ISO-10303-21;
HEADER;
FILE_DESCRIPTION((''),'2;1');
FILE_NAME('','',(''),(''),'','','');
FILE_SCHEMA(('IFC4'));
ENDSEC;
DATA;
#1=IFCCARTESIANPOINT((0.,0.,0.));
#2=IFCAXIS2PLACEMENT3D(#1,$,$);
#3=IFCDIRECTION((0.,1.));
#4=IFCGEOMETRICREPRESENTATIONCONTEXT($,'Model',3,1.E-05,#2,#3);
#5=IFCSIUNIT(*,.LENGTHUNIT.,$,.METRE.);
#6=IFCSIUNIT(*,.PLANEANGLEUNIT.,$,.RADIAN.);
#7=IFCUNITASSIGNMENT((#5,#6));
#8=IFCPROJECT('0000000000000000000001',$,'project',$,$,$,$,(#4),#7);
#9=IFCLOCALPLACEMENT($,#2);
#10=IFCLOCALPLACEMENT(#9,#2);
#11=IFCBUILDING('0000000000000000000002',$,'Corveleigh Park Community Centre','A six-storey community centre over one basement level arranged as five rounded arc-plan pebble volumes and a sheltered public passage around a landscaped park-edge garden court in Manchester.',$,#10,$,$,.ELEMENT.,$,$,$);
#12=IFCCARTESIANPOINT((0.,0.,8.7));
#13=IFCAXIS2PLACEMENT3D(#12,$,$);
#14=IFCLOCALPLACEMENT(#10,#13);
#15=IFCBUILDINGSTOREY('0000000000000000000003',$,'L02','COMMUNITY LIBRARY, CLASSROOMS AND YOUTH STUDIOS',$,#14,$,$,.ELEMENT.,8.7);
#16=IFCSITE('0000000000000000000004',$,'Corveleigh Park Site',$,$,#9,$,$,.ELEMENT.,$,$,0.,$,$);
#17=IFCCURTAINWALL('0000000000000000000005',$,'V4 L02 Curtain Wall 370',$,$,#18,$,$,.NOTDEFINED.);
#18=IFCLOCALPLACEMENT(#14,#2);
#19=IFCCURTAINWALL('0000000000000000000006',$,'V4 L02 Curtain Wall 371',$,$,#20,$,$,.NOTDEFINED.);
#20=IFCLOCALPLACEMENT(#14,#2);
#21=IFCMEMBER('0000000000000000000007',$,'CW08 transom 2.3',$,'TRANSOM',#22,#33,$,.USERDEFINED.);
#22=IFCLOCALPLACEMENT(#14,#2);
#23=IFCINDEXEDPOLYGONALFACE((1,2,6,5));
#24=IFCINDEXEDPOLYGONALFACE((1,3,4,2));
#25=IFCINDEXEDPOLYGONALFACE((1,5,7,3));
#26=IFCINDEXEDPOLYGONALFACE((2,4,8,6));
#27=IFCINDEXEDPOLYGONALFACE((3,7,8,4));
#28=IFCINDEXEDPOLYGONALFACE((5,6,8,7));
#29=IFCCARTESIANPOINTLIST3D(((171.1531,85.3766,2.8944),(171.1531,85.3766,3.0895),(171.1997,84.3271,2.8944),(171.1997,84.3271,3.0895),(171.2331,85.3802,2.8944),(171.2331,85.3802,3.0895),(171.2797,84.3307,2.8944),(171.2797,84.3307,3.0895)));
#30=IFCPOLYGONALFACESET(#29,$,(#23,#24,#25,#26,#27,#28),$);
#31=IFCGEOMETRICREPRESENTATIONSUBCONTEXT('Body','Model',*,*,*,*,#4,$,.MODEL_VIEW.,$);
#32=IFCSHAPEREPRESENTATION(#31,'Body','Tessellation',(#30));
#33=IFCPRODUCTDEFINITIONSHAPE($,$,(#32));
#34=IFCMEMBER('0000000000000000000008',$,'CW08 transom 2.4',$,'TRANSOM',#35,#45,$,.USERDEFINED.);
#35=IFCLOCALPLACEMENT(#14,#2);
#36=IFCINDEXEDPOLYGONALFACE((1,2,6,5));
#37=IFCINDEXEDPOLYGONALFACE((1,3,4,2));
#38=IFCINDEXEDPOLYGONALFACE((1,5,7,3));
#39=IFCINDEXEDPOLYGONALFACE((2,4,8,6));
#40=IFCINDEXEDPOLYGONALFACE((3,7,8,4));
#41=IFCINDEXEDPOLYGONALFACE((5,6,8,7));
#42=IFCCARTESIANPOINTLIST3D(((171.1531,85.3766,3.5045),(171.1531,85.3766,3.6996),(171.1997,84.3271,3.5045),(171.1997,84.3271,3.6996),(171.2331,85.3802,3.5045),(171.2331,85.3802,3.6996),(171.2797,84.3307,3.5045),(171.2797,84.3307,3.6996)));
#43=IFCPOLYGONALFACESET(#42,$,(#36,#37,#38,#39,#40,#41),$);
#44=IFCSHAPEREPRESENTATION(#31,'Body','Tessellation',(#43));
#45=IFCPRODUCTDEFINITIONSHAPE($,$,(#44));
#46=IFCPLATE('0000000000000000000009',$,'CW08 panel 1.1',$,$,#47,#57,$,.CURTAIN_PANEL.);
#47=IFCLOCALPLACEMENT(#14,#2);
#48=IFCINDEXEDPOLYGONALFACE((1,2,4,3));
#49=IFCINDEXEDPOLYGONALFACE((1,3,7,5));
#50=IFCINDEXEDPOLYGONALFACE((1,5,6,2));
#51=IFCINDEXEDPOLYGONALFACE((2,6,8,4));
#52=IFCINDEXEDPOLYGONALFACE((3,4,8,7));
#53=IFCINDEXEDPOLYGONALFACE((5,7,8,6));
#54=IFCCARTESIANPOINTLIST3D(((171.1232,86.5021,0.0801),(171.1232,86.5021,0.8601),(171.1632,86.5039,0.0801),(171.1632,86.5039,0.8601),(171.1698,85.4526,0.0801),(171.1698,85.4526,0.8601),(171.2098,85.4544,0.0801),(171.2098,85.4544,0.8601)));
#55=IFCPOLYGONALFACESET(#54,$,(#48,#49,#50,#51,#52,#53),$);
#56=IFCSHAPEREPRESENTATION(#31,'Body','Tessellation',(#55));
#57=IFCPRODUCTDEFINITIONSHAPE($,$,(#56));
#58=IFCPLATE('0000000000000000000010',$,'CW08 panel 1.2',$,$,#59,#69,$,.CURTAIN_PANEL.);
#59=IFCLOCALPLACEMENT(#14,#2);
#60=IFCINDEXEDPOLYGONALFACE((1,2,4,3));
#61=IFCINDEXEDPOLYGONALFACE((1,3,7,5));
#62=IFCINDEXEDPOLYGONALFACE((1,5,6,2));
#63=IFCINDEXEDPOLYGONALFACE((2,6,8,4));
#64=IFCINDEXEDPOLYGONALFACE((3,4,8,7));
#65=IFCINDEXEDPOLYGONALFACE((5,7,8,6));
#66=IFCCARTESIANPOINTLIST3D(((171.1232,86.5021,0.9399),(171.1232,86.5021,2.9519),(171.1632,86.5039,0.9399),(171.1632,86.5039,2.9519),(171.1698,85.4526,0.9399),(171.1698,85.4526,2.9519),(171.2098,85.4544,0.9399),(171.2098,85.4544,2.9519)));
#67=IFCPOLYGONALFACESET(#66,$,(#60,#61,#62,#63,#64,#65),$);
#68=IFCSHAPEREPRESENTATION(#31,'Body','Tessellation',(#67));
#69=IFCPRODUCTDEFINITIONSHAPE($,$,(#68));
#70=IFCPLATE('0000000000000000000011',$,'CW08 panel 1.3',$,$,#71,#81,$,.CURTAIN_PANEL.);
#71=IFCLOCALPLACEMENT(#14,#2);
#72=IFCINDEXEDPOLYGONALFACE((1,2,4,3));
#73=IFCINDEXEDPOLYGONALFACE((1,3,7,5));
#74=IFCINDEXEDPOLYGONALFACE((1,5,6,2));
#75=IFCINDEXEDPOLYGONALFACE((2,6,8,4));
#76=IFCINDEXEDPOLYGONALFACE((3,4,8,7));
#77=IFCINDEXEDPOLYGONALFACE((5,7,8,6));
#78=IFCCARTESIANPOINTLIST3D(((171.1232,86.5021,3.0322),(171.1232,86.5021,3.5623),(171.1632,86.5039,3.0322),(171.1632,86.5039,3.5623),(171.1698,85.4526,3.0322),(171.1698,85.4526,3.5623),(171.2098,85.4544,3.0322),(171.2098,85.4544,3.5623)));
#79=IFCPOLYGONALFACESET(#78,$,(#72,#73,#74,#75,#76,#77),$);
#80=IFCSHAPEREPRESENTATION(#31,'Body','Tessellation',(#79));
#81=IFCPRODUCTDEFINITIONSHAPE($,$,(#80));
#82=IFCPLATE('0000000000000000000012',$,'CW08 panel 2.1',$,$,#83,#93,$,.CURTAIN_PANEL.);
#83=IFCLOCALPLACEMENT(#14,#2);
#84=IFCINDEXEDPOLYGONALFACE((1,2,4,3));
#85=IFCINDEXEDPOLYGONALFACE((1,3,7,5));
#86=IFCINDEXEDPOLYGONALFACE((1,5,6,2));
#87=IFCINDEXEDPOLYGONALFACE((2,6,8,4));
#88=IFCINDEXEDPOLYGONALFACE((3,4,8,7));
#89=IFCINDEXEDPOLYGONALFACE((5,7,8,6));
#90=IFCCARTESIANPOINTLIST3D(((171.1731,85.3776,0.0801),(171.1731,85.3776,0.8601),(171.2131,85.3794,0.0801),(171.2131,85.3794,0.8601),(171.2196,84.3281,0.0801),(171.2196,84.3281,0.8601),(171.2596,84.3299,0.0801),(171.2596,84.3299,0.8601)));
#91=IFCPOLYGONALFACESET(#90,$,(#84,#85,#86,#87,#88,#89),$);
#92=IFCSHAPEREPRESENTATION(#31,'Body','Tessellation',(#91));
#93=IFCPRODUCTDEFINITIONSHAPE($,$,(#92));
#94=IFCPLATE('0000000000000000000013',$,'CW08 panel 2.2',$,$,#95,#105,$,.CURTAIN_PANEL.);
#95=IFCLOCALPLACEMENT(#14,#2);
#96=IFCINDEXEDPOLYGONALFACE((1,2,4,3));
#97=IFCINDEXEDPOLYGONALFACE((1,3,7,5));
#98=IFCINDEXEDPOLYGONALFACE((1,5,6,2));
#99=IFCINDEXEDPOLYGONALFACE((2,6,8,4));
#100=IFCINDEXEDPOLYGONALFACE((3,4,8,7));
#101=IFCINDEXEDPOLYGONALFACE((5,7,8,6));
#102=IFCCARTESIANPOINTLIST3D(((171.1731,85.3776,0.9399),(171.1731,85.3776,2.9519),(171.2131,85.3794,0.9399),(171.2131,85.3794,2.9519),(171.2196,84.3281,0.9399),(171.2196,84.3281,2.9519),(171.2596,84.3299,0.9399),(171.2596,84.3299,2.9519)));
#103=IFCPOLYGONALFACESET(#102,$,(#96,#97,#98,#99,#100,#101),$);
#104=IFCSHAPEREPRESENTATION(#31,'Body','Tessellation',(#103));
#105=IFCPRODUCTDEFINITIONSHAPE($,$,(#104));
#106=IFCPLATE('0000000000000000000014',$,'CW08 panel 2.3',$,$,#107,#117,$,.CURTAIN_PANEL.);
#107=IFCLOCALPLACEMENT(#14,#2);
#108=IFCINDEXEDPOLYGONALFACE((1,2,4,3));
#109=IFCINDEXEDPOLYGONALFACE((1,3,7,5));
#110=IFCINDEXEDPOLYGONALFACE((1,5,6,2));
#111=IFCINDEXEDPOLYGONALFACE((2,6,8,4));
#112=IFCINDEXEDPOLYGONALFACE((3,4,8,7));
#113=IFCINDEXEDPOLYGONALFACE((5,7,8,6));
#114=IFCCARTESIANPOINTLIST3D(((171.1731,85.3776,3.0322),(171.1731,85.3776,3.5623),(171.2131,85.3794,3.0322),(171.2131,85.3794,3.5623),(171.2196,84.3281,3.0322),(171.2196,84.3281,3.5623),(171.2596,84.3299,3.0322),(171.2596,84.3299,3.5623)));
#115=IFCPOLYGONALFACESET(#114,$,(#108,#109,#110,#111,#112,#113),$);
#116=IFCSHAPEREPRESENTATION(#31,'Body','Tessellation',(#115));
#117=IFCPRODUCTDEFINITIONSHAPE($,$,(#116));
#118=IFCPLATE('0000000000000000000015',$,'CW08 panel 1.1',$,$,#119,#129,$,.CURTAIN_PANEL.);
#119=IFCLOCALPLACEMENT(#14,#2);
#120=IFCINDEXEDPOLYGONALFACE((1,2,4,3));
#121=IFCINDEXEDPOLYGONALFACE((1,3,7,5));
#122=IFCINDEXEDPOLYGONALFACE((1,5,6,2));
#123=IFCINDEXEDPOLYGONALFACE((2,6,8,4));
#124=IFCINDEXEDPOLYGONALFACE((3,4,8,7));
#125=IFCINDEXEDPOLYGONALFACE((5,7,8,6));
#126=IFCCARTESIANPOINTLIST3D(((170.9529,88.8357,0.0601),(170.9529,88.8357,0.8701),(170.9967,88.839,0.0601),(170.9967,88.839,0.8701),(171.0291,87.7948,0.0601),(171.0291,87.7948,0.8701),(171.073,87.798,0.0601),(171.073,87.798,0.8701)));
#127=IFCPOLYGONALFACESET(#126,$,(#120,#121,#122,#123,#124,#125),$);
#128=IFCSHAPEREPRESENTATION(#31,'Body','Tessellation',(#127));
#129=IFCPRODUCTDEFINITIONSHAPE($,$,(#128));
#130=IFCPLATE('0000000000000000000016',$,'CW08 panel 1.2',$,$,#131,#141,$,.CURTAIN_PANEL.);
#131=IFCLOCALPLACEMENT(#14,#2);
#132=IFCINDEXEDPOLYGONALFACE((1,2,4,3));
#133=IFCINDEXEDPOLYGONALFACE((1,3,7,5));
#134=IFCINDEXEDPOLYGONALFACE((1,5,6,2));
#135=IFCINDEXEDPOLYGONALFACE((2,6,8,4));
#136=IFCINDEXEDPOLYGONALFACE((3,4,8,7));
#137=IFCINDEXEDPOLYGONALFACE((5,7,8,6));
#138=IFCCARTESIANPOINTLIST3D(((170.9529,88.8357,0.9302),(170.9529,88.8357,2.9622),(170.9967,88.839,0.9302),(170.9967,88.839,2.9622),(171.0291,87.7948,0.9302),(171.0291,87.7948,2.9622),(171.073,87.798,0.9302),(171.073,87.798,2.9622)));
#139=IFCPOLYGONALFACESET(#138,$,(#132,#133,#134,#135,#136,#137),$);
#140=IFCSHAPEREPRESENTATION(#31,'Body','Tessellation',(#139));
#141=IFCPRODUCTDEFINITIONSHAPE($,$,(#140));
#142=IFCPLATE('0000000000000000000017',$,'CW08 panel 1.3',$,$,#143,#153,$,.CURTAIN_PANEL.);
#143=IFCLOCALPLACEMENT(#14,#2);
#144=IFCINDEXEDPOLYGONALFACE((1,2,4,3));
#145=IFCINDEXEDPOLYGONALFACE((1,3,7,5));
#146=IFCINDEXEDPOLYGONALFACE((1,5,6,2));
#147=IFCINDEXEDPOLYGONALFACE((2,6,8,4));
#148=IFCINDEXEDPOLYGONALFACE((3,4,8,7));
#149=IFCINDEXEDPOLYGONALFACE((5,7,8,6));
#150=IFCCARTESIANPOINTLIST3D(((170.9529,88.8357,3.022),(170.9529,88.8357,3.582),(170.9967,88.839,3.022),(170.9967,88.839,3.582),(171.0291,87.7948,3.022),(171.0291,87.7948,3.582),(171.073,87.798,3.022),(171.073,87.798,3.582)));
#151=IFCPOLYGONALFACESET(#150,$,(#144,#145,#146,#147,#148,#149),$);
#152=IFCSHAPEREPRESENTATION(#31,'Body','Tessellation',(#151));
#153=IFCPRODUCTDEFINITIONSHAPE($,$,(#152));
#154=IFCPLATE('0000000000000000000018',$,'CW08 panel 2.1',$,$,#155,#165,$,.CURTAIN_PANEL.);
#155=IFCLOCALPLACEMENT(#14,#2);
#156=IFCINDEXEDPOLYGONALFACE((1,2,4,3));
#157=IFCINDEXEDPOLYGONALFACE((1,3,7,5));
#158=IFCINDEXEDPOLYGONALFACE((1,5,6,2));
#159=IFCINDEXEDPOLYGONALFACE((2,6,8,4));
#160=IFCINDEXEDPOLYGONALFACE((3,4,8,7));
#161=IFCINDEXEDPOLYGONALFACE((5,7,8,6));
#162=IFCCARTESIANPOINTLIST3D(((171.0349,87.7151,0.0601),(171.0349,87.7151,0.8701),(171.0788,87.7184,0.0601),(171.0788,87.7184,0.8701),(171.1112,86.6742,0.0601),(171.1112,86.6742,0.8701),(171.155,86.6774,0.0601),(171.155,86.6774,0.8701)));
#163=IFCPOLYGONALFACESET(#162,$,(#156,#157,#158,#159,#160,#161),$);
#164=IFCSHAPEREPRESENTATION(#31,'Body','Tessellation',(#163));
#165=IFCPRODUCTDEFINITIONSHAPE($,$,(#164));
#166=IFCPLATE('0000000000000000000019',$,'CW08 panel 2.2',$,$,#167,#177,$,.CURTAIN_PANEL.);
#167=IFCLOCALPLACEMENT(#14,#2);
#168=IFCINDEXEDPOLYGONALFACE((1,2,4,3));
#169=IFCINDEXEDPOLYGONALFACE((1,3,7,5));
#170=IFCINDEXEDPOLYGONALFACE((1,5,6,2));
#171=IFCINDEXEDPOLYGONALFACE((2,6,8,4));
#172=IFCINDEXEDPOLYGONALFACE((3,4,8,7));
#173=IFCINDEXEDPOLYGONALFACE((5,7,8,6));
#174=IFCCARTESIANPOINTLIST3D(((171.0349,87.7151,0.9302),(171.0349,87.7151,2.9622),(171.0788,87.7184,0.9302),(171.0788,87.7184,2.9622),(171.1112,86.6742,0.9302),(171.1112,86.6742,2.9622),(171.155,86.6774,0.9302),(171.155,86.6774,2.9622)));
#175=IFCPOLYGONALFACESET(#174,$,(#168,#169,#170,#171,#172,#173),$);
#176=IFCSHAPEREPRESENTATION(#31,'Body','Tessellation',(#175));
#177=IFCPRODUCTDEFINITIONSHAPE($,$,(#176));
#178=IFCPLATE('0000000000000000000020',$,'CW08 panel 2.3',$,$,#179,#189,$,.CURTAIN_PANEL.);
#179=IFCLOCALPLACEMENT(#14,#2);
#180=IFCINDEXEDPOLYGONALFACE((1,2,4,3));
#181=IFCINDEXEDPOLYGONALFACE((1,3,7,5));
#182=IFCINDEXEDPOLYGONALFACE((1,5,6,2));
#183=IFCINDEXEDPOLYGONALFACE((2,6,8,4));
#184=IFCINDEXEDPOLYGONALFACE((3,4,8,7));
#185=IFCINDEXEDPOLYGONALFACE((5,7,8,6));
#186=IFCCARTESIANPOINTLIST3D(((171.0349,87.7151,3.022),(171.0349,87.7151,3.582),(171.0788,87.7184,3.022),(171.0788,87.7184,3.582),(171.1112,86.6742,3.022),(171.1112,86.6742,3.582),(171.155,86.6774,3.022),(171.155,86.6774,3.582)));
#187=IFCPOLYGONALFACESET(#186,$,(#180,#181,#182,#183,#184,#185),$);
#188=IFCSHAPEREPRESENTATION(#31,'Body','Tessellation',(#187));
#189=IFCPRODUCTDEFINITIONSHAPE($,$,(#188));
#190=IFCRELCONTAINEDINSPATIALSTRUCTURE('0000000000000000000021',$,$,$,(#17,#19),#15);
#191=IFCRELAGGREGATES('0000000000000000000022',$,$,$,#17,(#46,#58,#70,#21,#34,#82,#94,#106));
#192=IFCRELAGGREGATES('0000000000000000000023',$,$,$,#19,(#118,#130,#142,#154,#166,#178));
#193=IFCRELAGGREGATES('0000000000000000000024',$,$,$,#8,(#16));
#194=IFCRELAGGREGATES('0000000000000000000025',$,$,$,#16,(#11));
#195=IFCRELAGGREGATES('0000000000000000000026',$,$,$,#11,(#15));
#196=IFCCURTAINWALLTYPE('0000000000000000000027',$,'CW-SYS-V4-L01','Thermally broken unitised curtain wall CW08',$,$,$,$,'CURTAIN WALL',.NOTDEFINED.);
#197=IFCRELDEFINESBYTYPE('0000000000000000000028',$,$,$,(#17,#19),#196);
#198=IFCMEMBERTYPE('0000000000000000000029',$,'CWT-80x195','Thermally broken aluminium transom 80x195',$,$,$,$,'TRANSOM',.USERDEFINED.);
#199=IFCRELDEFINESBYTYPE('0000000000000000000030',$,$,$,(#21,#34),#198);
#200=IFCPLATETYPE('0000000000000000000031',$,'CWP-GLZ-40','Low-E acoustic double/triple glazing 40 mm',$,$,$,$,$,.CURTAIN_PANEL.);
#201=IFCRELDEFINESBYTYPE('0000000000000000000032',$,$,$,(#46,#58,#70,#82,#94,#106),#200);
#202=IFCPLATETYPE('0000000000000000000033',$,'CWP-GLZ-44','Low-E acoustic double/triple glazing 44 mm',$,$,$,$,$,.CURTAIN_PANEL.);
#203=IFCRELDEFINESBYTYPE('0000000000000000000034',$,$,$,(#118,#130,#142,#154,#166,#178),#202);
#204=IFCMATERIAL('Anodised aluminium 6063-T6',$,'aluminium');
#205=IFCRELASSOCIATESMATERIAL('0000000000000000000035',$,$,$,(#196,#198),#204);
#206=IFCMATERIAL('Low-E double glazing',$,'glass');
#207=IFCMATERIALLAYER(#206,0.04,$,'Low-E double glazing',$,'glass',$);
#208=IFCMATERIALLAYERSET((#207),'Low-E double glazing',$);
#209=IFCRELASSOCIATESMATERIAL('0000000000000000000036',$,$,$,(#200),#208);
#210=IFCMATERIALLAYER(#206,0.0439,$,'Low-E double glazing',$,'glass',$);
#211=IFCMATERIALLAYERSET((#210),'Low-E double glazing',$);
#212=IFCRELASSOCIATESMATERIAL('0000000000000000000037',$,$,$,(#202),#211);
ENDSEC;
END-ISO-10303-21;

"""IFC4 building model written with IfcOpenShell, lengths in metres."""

from ifc_helpers import new_model, si_unit, direction, frame, origin, origin_2d, place, context, subcontext, project, spatial, rectangle, extrude, material, layer, layer_set, material_profile, profile_set, type_object, element, aggregate, save


model = new_model("IFC4")

# Units and contexts
model_context = context("Model", 3, precision=1e-05, world=origin(), true_north=direction((0.0, 1.0)))
body_context = subcontext(model_context, "Body", "Model", "MODEL_VIEW")
ifc_project = project(units=[si_unit("LENGTHUNIT", "METRE"), si_unit("PLANEANGLEUNIT", "RADIAN")], contexts=[model_context])

# Site, building, storey
site_placement = place(None, origin())
site = spatial("IfcSite", under=ifc_project, at=site_placement, Name="Corveleigh Park Site", CompositionType="ELEMENT", RefElevation=0.0)
building_placement = place(site_placement, origin())
building = spatial("IfcBuilding", under=site, at=building_placement, Name="Corveleigh Park Community Centre", Description="A six-storey community centre over one basement level arranged as five rounded arc-plan pebble volumes and a sheltered public passage around a landscaped park-edge garden court in Manchester.", CompositionType="ELEMENT")
storey_placement = place(building_placement, frame((0.0, 0.0, 8.7)))
storey = spatial("IfcBuildingStorey", under=building, at=storey_placement, Name="L02", Description="COMMUNITY LIBRARY, CLASSROOMS AND YOUTH STUDIOS", CompositionType="ELEMENT", Elevation=8.7)

# Curtain walls
ifc_material_1 = material(Name="Anodised aluminium 6063-T6", Category="aluminium")
curtain_wall_type = type_object("IfcCurtainWallType", Name="CW-SYS-V4-L01", Description="Thermally broken unitised curtain wall CW08", ElementType="CURTAIN WALL", PredefinedType="NOTDEFINED", material=ifc_material_1)
curtain_wall_1_placement = place(storey_placement, origin())
curtain_wall_1 = element("IfcCurtainWall", 1, at=curtain_wall_1_placement, inside=storey, type_object=curtain_wall_type, Name="V4 L02 Curtain Wall 370", PredefinedType="NOTDEFINED")
curtain_wall_2_placement = place(storey_placement, origin())
curtain_wall_2 = element("IfcCurtainWall", 2, at=curtain_wall_2_placement, inside=storey, type_object=curtain_wall_type, Name="V4 L02 Curtain Wall 371", PredefinedType="NOTDEFINED")

# Members
ifc_material_profile_1 = material_profile(ifc_material_1, rectangle(XDim=0.0801, YDim=0.1951, at=origin_2d()), Name="ALU-T80x195", Category="aluminium")
ifc_profile_set_1 = profile_set([ifc_material_profile_1], Name="Anodised aluminium 6063-T6")
member_type_1 = type_object("IfcMemberType", Name="CWT-80x195", Description="Thermally broken aluminium transom 80x195", ElementType="TRANSOM", PredefinedType="USERDEFINED", material=ifc_profile_set_1)
member_1_placement = place(storey_placement, frame((171.1931, 85.3784, 2.9919), z_axis=(0.044385, -0.999014, 0.0), x_axis=(0.999014, 0.044385, 0.0)))
member_1 = element("IfcMember", 3, at=member_1_placement, type_object=member_type_1, Name="CW08 transom 2.3", ObjectType="TRANSOM", PredefinedType="USERDEFINED", context=body_context, shape_type="SweptSolid", body=[
    extrude(rectangle(XDim=0.0801, YDim=0.1951, at=origin_2d()), origin(), (0.0, 0.0, 1.0), 1.0505),
])
member_2_placement = place(storey_placement, frame((171.1931, 85.3784, 3.6021), z_axis=(0.044385, -0.999014, 0.0), x_axis=(0.999014, 0.044385, 0.0)))
member_2 = element("IfcMember", 4, at=member_2_placement, type_object=member_type_1, Name="CW08 transom 2.4", ObjectType="TRANSOM", PredefinedType="USERDEFINED", context=body_context, shape_type="SweptSolid", body=[
    extrude(rectangle(XDim=0.0801, YDim=0.1951, at=origin_2d()), origin(), (0.0, 0.0, 1.0), 1.0505),
])

# Plates
ifc_material_2 = material(Name="Low-E double glazing", Category="glass")
ifc_layer_1 = layer(ifc_material_2, 0.04, Name="Low-E double glazing", Category="glass")
ifc_layer_set_1 = layer_set([ifc_layer_1], Name="Low-E double glazing")
plate_type_1 = type_object("IfcPlateType", Name="CWP-GLZ-40", Description="Low-E acoustic double/triple glazing 40 mm", PredefinedType="CURTAIN_PANEL", material=ifc_layer_set_1)
plate_1_placement = place(storey_placement, frame((171.1665, 85.9783, 0.0801), z_axis=(0.0, 0.0, 1.0), x_axis=(0.044277, -0.999019, 0.0)))
plate_1 = element("IfcPlate", 5, at=plate_1_placement, type_object=plate_type_1, Name="CW08 panel 1.1", PredefinedType="CURTAIN_PANEL", context=body_context, shape_type="SweptSolid", body=[
    extrude(rectangle(XDim=1.0505, YDim=0.04, at=origin_2d()), origin(), (0.0, 0.0, 1.0), 0.78),
])
plate_2_placement = place(storey_placement, frame((171.1665, 85.9783, 0.9399), z_axis=(0.0, 0.0, 1.0), x_axis=(0.044277, -0.999019, 0.0)))
plate_2 = element("IfcPlate", 6, at=plate_2_placement, type_object=plate_type_1, Name="CW08 panel 1.2", PredefinedType="CURTAIN_PANEL", context=body_context, shape_type="SweptSolid", body=[
    extrude(rectangle(XDim=1.0505, YDim=0.04, at=origin_2d()), origin(), (0.0, 0.0, 1.0), 2.012),
])
plate_3_placement = place(storey_placement, frame((171.1665, 85.9783, 3.0322), z_axis=(0.0, 0.0, 1.0), x_axis=(0.044277, -0.999019, 0.0)))
plate_3 = element("IfcPlate", 7, at=plate_3_placement, type_object=plate_type_1, Name="CW08 panel 1.3", PredefinedType="CURTAIN_PANEL", context=body_context, shape_type="SweptSolid", body=[
    extrude(rectangle(XDim=1.0505, YDim=0.04, at=origin_2d()), origin(), (0.0, 0.0, 1.0), 0.53),
])
plate_4_placement = place(storey_placement, frame((171.2163, 84.8538, 0.0801), z_axis=(0.0, 0.0, 1.0), x_axis=(0.044277, -0.999019, 0.0)))
plate_4 = element("IfcPlate", 8, at=plate_4_placement, type_object=plate_type_1, Name="CW08 panel 2.1", PredefinedType="CURTAIN_PANEL", context=body_context, shape_type="SweptSolid", body=[
    extrude(rectangle(XDim=1.0505, YDim=0.04, at=origin_2d()), origin(), (0.0, 0.0, 1.0), 0.78),
])
plate_5_placement = place(storey_placement, frame((171.2163, 84.8538, 0.9399), z_axis=(0.0, 0.0, 1.0), x_axis=(0.044277, -0.999019, 0.0)))
plate_5 = element("IfcPlate", 9, at=plate_5_placement, type_object=plate_type_1, Name="CW08 panel 2.2", PredefinedType="CURTAIN_PANEL", context=body_context, shape_type="SweptSolid", body=[
    extrude(rectangle(XDim=1.0505, YDim=0.04, at=origin_2d()), origin(), (0.0, 0.0, 1.0), 2.012),
])
plate_6_placement = place(storey_placement, frame((171.2163, 84.8538, 3.0322), z_axis=(0.0, 0.0, 1.0), x_axis=(0.044277, -0.999019, 0.0)))
plate_6 = element("IfcPlate", 10, at=plate_6_placement, type_object=plate_type_1, Name="CW08 panel 2.3", PredefinedType="CURTAIN_PANEL", context=body_context, shape_type="SweptSolid", body=[
    extrude(rectangle(XDim=1.0505, YDim=0.04, at=origin_2d()), origin(), (0.0, 0.0, 1.0), 0.53),
])
aggregate(curtain_wall_1, [plate_1, plate_2, plate_3, member_1, member_2, plate_4, plate_5, plate_6])
ifc_layer_2 = layer(ifc_material_2, 0.0439, Name="Low-E double glazing", Category="glass")
ifc_layer_set_2 = layer_set([ifc_layer_2], Name="Low-E double glazing")
plate_type_2 = type_object("IfcPlateType", Name="CWP-GLZ-44", Description="Low-E acoustic double/triple glazing 44 mm", PredefinedType="CURTAIN_PANEL", material=ifc_layer_set_2)
plate_7_placement = place(storey_placement, frame((171.0129, 88.3169, 0.0601), z_axis=(0.0, 0.0, 1.0), x_axis=(0.073049, -0.997328, 0.0)))
plate_7 = element("IfcPlate", 11, at=plate_7_placement, type_object=plate_type_2, Name="CW08 panel 1.1", PredefinedType="CURTAIN_PANEL", context=body_context, shape_type="SweptSolid", body=[
    extrude(rectangle(XDim=1.0437, YDim=0.0439, at=origin_2d()), origin(), (0.0, 0.0, 1.0), 0.8101),
])
plate_8_placement = place(storey_placement, frame((171.0129, 88.3169, 0.9302), z_axis=(0.0, 0.0, 1.0), x_axis=(0.073049, -0.997328, 0.0)))
plate_8 = element("IfcPlate", 12, at=plate_8_placement, type_object=plate_type_2, Name="CW08 panel 1.2", PredefinedType="CURTAIN_PANEL", context=body_context, shape_type="SweptSolid", body=[
    extrude(rectangle(XDim=1.0437, YDim=0.0439, at=origin_2d()), origin(), (0.0, 0.0, 1.0), 2.032),
])
plate_9_placement = place(storey_placement, frame((171.0129, 88.3169, 3.022), z_axis=(0.0, 0.0, 1.0), x_axis=(0.073049, -0.997328, 0.0)))
plate_9 = element("IfcPlate", 13, at=plate_9_placement, type_object=plate_type_2, Name="CW08 panel 1.3", PredefinedType="CURTAIN_PANEL", context=body_context, shape_type="SweptSolid", body=[
    extrude(rectangle(XDim=1.0437, YDim=0.0439, at=origin_2d()), origin(), (0.0, 0.0, 1.0), 0.5601),
])
plate_10_placement = place(storey_placement, frame((171.095, 87.1963, 0.0601), z_axis=(0.0, 0.0, 1.0), x_axis=(0.073049, -0.997328, 0.0)))
plate_10 = element("IfcPlate", 14, at=plate_10_placement, type_object=plate_type_2, Name="CW08 panel 2.1", PredefinedType="CURTAIN_PANEL", context=body_context, shape_type="SweptSolid", body=[
    extrude(rectangle(XDim=1.0437, YDim=0.0439, at=origin_2d()), origin(), (0.0, 0.0, 1.0), 0.8101),
])
plate_11_placement = place(storey_placement, frame((171.095, 87.1963, 0.9302), z_axis=(0.0, 0.0, 1.0), x_axis=(0.073049, -0.997328, 0.0)))
plate_11 = element("IfcPlate", 15, at=plate_11_placement, type_object=plate_type_2, Name="CW08 panel 2.2", PredefinedType="CURTAIN_PANEL", context=body_context, shape_type="SweptSolid", body=[
    extrude(rectangle(XDim=1.0437, YDim=0.0439, at=origin_2d()), origin(), (0.0, 0.0, 1.0), 2.032),
])
plate_12_placement = place(storey_placement, frame((171.095, 87.1963, 3.022), z_axis=(0.0, 0.0, 1.0), x_axis=(0.073049, -0.997328, 0.0)))
plate_12 = element("IfcPlate", 16, at=plate_12_placement, type_object=plate_type_2, Name="CW08 panel 2.3", PredefinedType="CURTAIN_PANEL", context=body_context, shape_type="SweptSolid", body=[
    extrude(rectangle(XDim=1.0437, YDim=0.0439, at=origin_2d()), origin(), (0.0, 0.0, 1.0), 0.5601),
])
aggregate(curtain_wall_2, [plate_7, plate_8, plate_9, plate_10, plate_11, plate_12])

save(model, "model.ifc")
